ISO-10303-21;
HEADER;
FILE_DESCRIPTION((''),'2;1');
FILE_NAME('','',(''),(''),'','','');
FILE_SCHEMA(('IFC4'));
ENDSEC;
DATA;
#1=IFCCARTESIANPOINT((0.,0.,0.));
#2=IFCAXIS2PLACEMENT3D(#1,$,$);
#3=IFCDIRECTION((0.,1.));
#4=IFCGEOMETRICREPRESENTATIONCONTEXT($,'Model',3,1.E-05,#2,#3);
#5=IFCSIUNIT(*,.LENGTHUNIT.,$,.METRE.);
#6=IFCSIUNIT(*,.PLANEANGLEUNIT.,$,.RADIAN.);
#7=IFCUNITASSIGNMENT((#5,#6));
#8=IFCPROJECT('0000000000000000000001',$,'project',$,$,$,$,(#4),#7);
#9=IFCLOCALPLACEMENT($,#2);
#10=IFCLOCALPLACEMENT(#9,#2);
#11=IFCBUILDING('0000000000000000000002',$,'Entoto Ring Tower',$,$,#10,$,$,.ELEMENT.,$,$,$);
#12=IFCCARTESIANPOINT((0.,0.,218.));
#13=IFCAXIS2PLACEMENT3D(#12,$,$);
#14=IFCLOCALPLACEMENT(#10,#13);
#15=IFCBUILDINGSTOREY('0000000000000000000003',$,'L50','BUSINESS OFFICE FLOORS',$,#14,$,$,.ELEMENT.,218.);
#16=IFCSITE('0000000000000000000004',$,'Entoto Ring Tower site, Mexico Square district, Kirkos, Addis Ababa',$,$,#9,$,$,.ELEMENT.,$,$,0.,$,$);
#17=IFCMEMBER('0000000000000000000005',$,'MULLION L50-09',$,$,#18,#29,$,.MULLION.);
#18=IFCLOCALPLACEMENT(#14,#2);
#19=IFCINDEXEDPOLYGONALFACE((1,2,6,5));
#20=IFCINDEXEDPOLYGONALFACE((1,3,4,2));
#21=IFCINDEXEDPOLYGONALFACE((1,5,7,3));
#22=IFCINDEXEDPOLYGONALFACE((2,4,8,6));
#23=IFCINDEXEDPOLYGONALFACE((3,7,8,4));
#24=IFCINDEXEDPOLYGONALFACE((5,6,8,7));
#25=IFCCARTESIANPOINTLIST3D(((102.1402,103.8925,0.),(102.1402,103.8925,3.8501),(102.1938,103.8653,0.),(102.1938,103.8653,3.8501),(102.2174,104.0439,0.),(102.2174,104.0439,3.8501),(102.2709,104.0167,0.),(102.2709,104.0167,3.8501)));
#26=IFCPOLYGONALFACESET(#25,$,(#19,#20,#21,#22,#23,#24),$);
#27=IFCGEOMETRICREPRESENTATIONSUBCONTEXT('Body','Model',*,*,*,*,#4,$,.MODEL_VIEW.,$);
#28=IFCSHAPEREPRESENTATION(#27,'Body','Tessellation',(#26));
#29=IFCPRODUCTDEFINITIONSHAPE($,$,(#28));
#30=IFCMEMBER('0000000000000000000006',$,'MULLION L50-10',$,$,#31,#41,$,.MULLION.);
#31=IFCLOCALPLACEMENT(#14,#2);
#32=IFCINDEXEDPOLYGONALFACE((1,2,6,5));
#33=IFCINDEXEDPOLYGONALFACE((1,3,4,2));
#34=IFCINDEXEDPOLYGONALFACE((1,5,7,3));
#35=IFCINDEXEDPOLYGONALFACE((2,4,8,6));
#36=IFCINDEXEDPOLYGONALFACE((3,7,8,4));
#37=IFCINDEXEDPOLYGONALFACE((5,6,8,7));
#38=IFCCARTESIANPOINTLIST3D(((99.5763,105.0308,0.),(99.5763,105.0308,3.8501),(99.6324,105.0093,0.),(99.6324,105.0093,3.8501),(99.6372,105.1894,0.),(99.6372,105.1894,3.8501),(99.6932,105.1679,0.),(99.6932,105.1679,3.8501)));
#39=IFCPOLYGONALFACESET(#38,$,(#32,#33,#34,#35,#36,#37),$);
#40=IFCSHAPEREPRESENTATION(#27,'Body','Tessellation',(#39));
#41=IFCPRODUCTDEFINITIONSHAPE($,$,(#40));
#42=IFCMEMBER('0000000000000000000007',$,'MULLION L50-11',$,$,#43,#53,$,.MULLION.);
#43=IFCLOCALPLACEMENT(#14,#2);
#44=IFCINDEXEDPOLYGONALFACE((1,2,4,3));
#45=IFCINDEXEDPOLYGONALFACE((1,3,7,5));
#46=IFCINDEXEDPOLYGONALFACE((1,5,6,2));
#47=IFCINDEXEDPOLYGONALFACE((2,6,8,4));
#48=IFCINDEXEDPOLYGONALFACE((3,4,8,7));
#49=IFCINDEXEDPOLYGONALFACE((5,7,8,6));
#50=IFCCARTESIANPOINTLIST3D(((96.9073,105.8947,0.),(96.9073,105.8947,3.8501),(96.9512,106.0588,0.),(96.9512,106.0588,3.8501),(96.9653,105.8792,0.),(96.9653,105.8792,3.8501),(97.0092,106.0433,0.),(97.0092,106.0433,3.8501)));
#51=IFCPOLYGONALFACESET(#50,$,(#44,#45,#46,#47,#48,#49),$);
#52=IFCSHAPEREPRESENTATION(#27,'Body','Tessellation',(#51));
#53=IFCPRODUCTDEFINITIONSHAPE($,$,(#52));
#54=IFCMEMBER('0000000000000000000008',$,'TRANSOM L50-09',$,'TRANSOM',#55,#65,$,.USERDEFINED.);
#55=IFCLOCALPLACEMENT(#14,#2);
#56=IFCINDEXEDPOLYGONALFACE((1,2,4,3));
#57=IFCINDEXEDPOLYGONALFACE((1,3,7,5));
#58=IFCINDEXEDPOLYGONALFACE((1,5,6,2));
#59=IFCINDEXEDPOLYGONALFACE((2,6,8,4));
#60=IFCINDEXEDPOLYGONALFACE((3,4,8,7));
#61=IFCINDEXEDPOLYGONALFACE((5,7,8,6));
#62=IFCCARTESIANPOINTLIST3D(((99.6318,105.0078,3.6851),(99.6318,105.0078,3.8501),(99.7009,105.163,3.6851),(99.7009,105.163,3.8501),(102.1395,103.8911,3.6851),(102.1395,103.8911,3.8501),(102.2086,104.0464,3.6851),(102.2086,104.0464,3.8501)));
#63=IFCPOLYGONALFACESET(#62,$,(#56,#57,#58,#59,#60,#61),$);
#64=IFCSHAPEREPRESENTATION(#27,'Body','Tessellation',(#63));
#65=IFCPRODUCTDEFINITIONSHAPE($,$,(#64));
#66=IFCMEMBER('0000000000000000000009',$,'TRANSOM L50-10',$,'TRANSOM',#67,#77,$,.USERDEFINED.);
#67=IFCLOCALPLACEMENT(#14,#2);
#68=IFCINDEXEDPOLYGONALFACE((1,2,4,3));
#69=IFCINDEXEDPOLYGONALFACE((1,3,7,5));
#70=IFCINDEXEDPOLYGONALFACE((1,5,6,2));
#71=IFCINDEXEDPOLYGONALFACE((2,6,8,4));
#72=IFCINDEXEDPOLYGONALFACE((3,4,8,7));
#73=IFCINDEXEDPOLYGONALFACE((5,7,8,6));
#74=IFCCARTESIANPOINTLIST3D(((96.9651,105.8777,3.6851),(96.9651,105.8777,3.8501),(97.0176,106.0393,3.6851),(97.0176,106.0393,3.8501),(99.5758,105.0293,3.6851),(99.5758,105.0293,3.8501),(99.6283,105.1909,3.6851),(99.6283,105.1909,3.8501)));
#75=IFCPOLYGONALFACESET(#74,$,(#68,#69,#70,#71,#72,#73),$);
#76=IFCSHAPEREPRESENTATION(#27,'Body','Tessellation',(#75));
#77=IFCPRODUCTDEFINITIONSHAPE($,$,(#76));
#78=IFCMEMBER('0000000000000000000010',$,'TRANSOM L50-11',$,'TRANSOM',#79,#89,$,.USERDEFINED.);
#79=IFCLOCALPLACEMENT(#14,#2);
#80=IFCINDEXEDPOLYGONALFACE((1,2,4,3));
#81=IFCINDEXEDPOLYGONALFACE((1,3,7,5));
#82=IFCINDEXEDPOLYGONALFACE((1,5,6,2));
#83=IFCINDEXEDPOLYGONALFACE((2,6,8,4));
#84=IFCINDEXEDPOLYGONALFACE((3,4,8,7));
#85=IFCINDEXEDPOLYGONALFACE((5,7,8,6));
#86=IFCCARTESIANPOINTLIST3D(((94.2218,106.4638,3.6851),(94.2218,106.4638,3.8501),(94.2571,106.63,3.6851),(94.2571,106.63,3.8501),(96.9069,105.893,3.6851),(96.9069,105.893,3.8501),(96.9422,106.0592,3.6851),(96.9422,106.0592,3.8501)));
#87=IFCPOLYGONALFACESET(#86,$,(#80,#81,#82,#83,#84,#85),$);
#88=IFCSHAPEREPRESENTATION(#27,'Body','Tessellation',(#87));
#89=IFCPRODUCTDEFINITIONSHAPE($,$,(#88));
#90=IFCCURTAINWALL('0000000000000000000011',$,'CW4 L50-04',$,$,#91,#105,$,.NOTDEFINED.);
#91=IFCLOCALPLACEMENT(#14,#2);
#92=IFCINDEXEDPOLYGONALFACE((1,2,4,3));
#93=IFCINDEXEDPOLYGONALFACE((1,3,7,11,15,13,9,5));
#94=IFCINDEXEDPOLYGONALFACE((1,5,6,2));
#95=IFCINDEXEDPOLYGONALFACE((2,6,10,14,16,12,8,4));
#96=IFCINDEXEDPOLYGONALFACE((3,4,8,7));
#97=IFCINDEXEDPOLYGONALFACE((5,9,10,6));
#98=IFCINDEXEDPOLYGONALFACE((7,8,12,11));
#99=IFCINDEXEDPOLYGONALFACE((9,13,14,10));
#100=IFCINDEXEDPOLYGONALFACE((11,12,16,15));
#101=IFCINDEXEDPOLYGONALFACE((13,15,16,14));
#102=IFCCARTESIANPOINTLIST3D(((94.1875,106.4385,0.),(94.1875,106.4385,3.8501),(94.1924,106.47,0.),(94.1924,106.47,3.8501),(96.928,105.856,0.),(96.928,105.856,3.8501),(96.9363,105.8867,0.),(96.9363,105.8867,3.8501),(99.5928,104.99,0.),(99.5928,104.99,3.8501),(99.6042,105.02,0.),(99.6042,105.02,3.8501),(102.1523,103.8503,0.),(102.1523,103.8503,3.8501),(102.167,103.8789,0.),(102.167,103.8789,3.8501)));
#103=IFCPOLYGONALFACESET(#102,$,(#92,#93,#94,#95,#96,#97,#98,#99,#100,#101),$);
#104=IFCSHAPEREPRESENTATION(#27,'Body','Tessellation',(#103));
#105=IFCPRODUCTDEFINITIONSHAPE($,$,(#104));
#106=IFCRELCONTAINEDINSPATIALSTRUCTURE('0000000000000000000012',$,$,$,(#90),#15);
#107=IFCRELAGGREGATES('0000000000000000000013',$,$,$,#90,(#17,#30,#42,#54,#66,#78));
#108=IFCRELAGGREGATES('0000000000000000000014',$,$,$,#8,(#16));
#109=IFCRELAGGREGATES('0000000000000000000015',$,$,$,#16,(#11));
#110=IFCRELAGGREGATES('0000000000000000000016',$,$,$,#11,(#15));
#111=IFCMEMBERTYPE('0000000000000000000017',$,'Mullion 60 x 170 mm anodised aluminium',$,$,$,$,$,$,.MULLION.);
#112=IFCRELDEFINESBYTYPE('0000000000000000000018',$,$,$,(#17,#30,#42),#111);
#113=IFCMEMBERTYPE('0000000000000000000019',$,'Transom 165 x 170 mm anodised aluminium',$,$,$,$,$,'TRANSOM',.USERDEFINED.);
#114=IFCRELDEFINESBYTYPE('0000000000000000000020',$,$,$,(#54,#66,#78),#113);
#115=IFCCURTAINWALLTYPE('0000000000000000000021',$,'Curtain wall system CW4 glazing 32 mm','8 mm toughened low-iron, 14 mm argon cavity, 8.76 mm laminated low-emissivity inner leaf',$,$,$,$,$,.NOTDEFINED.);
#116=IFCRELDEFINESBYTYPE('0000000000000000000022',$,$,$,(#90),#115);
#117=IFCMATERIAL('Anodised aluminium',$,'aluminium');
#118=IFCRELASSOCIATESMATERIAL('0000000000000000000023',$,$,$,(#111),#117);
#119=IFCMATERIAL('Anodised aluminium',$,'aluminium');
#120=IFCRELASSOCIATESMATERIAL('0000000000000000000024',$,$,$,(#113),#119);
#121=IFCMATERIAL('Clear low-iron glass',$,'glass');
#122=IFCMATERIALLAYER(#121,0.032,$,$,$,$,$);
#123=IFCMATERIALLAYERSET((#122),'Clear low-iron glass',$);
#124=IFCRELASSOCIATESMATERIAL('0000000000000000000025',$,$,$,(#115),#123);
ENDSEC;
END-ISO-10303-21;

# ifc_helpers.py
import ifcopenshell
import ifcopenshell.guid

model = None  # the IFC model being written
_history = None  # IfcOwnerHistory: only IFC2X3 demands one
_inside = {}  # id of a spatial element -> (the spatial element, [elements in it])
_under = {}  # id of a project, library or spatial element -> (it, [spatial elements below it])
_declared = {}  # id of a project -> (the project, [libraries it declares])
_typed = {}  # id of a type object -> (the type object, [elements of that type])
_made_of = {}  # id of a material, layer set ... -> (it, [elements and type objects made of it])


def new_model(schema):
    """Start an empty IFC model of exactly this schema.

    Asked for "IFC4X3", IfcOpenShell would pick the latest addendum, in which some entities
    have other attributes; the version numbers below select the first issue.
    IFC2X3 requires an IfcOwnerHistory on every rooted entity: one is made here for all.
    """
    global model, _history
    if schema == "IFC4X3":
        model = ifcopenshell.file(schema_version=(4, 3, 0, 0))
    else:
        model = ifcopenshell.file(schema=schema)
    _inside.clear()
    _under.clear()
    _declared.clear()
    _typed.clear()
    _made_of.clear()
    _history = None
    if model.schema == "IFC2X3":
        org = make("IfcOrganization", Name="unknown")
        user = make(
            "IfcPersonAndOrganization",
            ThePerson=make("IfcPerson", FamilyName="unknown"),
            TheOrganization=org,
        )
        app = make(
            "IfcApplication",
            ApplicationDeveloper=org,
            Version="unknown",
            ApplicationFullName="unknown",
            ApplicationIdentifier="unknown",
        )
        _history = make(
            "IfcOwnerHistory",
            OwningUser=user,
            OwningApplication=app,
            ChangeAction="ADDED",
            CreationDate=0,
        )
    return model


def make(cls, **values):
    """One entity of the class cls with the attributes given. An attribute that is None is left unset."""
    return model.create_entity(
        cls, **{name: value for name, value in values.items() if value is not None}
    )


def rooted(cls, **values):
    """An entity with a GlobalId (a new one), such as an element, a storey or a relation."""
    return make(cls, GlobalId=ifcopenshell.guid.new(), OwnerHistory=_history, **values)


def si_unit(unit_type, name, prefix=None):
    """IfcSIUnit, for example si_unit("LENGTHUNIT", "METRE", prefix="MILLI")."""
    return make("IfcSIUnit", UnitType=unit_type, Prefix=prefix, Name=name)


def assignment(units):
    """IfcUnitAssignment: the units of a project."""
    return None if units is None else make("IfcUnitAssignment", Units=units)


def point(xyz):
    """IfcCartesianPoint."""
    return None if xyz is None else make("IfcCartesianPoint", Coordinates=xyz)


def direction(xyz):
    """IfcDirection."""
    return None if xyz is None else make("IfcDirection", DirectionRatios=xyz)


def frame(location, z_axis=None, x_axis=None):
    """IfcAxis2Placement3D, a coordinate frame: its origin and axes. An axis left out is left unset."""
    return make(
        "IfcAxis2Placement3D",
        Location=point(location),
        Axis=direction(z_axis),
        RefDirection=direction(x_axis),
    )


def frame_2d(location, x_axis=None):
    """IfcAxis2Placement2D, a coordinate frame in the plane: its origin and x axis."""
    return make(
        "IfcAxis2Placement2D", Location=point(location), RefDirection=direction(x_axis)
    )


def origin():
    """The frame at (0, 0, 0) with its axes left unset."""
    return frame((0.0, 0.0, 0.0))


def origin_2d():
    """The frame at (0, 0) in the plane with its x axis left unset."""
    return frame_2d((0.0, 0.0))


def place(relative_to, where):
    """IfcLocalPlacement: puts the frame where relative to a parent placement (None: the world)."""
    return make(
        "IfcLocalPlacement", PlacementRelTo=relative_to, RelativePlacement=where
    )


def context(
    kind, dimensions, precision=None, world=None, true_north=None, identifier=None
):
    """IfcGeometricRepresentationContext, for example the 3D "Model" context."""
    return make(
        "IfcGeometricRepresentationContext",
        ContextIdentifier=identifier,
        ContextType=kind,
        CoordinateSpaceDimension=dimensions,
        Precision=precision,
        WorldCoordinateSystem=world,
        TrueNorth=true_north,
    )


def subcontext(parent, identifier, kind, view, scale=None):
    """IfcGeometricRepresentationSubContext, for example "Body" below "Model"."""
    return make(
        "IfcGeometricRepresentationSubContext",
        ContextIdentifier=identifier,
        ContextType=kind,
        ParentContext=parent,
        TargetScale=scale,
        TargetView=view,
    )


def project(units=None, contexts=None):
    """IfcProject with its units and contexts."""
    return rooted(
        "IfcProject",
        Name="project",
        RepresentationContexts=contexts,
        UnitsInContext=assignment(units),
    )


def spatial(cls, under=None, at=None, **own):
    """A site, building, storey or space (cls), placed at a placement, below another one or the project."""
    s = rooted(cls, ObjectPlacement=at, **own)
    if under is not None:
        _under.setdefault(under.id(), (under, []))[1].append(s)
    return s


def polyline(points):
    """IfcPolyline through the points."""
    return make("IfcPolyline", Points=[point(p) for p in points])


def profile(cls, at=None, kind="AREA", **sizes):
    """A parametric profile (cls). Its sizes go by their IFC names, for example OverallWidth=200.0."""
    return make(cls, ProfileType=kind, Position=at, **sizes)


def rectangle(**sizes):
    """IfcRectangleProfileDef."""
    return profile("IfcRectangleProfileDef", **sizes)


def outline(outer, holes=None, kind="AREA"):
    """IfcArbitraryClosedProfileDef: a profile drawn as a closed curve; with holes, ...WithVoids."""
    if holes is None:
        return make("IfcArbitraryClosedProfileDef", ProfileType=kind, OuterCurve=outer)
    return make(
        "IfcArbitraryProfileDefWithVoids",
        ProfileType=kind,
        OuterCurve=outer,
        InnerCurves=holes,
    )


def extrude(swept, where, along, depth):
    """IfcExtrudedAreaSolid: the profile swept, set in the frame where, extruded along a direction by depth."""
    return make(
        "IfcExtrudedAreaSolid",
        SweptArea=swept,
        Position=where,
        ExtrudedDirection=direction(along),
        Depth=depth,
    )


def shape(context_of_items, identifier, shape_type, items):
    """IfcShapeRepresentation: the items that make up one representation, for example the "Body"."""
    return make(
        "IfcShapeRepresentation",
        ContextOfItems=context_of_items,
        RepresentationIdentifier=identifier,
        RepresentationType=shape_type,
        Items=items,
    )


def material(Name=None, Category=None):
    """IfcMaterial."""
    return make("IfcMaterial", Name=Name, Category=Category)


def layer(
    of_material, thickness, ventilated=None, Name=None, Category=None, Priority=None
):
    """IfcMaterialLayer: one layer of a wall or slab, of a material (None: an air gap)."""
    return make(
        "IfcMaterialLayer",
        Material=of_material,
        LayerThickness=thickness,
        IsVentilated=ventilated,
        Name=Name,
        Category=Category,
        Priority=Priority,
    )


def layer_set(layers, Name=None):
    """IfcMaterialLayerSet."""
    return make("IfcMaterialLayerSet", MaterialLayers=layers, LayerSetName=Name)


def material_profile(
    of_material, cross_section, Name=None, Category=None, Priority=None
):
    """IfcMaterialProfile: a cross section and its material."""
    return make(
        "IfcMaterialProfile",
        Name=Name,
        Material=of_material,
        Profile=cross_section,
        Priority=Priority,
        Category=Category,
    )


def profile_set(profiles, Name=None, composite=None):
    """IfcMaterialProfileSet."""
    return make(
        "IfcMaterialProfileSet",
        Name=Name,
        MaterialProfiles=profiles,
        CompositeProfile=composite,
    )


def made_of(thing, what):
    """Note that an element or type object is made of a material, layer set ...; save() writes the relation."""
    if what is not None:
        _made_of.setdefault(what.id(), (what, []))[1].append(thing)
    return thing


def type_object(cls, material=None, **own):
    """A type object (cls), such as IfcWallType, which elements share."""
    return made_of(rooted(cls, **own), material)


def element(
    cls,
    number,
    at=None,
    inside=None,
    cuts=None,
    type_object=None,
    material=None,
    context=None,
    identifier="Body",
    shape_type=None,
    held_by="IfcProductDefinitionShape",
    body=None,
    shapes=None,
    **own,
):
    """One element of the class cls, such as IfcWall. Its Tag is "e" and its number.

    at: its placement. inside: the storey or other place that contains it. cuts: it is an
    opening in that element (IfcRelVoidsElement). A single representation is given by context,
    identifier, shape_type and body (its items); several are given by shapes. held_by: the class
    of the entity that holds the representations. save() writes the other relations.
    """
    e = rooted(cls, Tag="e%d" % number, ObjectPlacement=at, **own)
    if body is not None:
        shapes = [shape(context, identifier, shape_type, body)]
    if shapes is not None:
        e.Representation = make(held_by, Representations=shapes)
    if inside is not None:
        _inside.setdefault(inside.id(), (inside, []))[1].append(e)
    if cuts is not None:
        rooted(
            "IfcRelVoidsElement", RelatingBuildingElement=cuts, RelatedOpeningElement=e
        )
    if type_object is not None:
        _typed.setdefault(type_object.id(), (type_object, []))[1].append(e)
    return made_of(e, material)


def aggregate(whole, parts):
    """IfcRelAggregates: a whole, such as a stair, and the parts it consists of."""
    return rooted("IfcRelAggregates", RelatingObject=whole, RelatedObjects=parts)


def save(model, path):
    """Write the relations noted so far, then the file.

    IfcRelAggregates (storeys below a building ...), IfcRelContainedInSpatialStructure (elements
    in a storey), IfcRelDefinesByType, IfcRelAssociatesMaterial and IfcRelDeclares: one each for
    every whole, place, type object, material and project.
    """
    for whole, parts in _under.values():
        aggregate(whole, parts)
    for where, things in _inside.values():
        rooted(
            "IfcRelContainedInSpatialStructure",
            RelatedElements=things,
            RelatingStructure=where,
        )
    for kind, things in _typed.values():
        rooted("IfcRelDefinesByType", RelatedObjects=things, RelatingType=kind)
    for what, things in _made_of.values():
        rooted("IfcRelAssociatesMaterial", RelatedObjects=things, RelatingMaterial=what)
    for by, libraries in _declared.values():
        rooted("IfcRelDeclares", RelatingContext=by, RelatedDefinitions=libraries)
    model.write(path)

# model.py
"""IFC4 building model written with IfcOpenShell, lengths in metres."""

from ifc_helpers import new_model, si_unit, direction, frame, origin, origin_2d, place, context, subcontext, project, spatial, polyline, rectangle, outline, extrude, material, layer, layer_set, material_profile, profile_set, type_object, element, aggregate, save


model = new_model("IFC4")

# Units and contexts
model_context = context("Model", 3, precision=1e-05, world=origin(), true_north=direction((0.0, 1.0)))
body_context = subcontext(model_context, "Body", "Model", "MODEL_VIEW")
ifc_project = project(units=[si_unit("LENGTHUNIT", "METRE"), si_unit("PLANEANGLEUNIT", "RADIAN")], contexts=[model_context])

# Members
ifc_material_1 = material(Name="Anodised aluminium", Category="aluminium")
ifc_material_profile_1 = material_profile(ifc_material_1, rectangle(XDim=0.0601, YDim=0.1699, at=origin_2d()), Name="Mullion 60 x 170 mm anodised aluminium")
ifc_profile_set_1 = profile_set([ifc_material_profile_1], Name="Anodised aluminium")
member_type_1 = type_object("IfcMemberType", Name="Mullion 60 x 170 mm anodised aluminium", PredefinedType="MULLION", material=ifc_profile_set_1)
site_placement = place(None, origin())
building_placement = place(site_placement, origin())
storey_placement = place(building_placement, frame((0.0, 0.0, 218.0)))
member_1_placement = place(storey_placement, frame((102.2056, 103.9546, 0.0), z_axis=(0.0, 0.0, 1.0), x_axis=(-0.891007, 0.45399, 0.0)))
member_1 = element("IfcMember", 1, at=member_1_placement, type_object=member_type_1, Name="MULLION L50-09", PredefinedType="MULLION", context=body_context, shape_type="SweptSolid", body=[
    extrude(rectangle(XDim=0.0601, YDim=0.1699, at=origin_2d()), origin(), (0.0, 0.0, 1.0), 3.8501),
])
member_2_placement = place(storey_placement, frame((99.6348, 105.0994, 0.0), z_axis=(0.0, 0.0, 1.0), x_axis=(-0.93358, 0.358368, 0.0)))
member_2 = element("IfcMember", 2, at=member_2_placement, type_object=member_type_1, Name="MULLION L50-10", PredefinedType="MULLION", context=body_context, shape_type="SweptSolid", body=[
    extrude(rectangle(XDim=0.0601, YDim=0.1699, at=origin_2d()), origin(), (0.0, 0.0, 1.0), 3.8501),
])
member_3_placement = place(storey_placement, frame((96.9583, 105.969, 0.0), z_axis=(0.0, 0.0, 1.0), x_axis=(-0.965926, 0.258819, 0.0)))
member_3 = element("IfcMember", 3, at=member_3_placement, type_object=member_type_1, Name="MULLION L50-11", PredefinedType="MULLION", context=body_context, shape_type="SweptSolid", body=[
    extrude(rectangle(XDim=0.0601, YDim=0.1699, at=origin_2d()), origin(), (0.0, 0.0, 1.0), 3.8501),
])
ifc_material_2 = material(Name="Anodised aluminium", Category="aluminium")
ifc_material_profile_2 = material_profile(ifc_material_2, rectangle(XDim=0.1699, YDim=0.165, at=origin_2d()), Name="Transom 165 x 170 mm anodised aluminium")
ifc_profile_set_2 = profile_set([ifc_material_profile_2], Name="Anodised aluminium")
member_type_2 = type_object("IfcMemberType", Name="Transom 165 x 170 mm anodised aluminium", ElementType="TRANSOM", PredefinedType="USERDEFINED", material=ifc_profile_set_2)
member_4_placement = place(storey_placement, frame((102.1741, 103.9688, 3.7676), z_axis=(-0.913525, 0.406782, 0.0), x_axis=(-0.406782, -0.913525, 0.0)))
member_4 = element("IfcMember", 4, at=member_4_placement, type_object=member_type_2, Name="TRANSOM L50-09", ObjectType="TRANSOM", PredefinedType="USERDEFINED", context=body_context, shape_type="SweptSolid", body=[
    extrude(rectangle(XDim=0.1699, YDim=0.165, at=origin_2d()), origin(), (0.0, 0.0, 1.0), 2.7451),
])
member_5_placement = place(storey_placement, frame((99.6021, 105.1101, 3.7676), z_axis=(-0.951048, 0.309042, 0.0), x_axis=(-0.309042, -0.951048, 0.0)))
member_5 = element("IfcMember", 5, at=member_5_placement, type_object=member_type_2, Name="TRANSOM L50-10", ObjectType="TRANSOM", PredefinedType="USERDEFINED", context=body_context, shape_type="SweptSolid", body=[
    extrude(rectangle(XDim=0.1699, YDim=0.165, at=origin_2d()), origin(), (0.0, 0.0, 1.0), 2.7451),
])
member_6_placement = place(storey_placement, frame((96.9246, 105.9761, 3.7676), z_axis=(-0.978142, 0.207937, 0.0), x_axis=(-0.207937, -0.978142, 0.0)))
member_6 = element("IfcMember", 6, at=member_6_placement, type_object=member_type_2, Name="TRANSOM L50-11", ObjectType="TRANSOM", PredefinedType="USERDEFINED", context=body_context, shape_type="SweptSolid", body=[
    extrude(rectangle(XDim=0.1699, YDim=0.165, at=origin_2d()), origin(), (0.0, 0.0, 1.0), 2.7451),
])

# Site, building, storey
site = spatial("IfcSite", under=ifc_project, at=site_placement, Name="Entoto Ring Tower site, Mexico Square district, Kirkos, Addis Ababa", CompositionType="ELEMENT", RefElevation=0.0)
building = spatial("IfcBuilding", under=site, at=building_placement, Name="Entoto Ring Tower", CompositionType="ELEMENT")
storey = spatial("IfcBuildingStorey", under=building, at=storey_placement, Name="L50", Description="BUSINESS OFFICE FLOORS", CompositionType="ELEMENT", Elevation=218.0)

# Curtain wall
ifc_material_3 = material(Name="Clear low-iron glass", Category="glass")
ifc_layer = layer(ifc_material_3, 0.032)
ifc_layer_set = layer_set([ifc_layer], Name="Clear low-iron glass")
curtain_wall_type = type_object("IfcCurtainWallType", Name="Curtain wall system CW4 glazing 32 mm", Description="8 mm toughened low-iron, 14 mm argon cavity, 8.76 mm laminated low-emissivity inner leaf", PredefinedType="NOTDEFINED", material=ifc_layer_set)
curtain_wall_1_placement = place(storey_placement, origin())
curtain_wall_1 = element("IfcCurtainWall", 7, at=curtain_wall_1_placement, inside=storey, type_object=curtain_wall_type, Name="CW4 L50-04", PredefinedType="NOTDEFINED", context=body_context, shape_type="SweptSolid", body=[
    extrude(outline(polyline([(102.167, 103.8789), (99.6042, 105.02), (96.9363, 105.8867), (94.1924, 106.47), (94.1875, 106.4385), (96.928, 105.856), (99.5928, 104.99), (102.1523, 103.8503), (102.167, 103.8789)])), origin(), (0.0, 0.0, 1.0), 3.8501),
])
aggregate(curtain_wall_1, [member_1, member_2, member_3, member_4, member_5, member_6])

save(model, "model.ifc")
